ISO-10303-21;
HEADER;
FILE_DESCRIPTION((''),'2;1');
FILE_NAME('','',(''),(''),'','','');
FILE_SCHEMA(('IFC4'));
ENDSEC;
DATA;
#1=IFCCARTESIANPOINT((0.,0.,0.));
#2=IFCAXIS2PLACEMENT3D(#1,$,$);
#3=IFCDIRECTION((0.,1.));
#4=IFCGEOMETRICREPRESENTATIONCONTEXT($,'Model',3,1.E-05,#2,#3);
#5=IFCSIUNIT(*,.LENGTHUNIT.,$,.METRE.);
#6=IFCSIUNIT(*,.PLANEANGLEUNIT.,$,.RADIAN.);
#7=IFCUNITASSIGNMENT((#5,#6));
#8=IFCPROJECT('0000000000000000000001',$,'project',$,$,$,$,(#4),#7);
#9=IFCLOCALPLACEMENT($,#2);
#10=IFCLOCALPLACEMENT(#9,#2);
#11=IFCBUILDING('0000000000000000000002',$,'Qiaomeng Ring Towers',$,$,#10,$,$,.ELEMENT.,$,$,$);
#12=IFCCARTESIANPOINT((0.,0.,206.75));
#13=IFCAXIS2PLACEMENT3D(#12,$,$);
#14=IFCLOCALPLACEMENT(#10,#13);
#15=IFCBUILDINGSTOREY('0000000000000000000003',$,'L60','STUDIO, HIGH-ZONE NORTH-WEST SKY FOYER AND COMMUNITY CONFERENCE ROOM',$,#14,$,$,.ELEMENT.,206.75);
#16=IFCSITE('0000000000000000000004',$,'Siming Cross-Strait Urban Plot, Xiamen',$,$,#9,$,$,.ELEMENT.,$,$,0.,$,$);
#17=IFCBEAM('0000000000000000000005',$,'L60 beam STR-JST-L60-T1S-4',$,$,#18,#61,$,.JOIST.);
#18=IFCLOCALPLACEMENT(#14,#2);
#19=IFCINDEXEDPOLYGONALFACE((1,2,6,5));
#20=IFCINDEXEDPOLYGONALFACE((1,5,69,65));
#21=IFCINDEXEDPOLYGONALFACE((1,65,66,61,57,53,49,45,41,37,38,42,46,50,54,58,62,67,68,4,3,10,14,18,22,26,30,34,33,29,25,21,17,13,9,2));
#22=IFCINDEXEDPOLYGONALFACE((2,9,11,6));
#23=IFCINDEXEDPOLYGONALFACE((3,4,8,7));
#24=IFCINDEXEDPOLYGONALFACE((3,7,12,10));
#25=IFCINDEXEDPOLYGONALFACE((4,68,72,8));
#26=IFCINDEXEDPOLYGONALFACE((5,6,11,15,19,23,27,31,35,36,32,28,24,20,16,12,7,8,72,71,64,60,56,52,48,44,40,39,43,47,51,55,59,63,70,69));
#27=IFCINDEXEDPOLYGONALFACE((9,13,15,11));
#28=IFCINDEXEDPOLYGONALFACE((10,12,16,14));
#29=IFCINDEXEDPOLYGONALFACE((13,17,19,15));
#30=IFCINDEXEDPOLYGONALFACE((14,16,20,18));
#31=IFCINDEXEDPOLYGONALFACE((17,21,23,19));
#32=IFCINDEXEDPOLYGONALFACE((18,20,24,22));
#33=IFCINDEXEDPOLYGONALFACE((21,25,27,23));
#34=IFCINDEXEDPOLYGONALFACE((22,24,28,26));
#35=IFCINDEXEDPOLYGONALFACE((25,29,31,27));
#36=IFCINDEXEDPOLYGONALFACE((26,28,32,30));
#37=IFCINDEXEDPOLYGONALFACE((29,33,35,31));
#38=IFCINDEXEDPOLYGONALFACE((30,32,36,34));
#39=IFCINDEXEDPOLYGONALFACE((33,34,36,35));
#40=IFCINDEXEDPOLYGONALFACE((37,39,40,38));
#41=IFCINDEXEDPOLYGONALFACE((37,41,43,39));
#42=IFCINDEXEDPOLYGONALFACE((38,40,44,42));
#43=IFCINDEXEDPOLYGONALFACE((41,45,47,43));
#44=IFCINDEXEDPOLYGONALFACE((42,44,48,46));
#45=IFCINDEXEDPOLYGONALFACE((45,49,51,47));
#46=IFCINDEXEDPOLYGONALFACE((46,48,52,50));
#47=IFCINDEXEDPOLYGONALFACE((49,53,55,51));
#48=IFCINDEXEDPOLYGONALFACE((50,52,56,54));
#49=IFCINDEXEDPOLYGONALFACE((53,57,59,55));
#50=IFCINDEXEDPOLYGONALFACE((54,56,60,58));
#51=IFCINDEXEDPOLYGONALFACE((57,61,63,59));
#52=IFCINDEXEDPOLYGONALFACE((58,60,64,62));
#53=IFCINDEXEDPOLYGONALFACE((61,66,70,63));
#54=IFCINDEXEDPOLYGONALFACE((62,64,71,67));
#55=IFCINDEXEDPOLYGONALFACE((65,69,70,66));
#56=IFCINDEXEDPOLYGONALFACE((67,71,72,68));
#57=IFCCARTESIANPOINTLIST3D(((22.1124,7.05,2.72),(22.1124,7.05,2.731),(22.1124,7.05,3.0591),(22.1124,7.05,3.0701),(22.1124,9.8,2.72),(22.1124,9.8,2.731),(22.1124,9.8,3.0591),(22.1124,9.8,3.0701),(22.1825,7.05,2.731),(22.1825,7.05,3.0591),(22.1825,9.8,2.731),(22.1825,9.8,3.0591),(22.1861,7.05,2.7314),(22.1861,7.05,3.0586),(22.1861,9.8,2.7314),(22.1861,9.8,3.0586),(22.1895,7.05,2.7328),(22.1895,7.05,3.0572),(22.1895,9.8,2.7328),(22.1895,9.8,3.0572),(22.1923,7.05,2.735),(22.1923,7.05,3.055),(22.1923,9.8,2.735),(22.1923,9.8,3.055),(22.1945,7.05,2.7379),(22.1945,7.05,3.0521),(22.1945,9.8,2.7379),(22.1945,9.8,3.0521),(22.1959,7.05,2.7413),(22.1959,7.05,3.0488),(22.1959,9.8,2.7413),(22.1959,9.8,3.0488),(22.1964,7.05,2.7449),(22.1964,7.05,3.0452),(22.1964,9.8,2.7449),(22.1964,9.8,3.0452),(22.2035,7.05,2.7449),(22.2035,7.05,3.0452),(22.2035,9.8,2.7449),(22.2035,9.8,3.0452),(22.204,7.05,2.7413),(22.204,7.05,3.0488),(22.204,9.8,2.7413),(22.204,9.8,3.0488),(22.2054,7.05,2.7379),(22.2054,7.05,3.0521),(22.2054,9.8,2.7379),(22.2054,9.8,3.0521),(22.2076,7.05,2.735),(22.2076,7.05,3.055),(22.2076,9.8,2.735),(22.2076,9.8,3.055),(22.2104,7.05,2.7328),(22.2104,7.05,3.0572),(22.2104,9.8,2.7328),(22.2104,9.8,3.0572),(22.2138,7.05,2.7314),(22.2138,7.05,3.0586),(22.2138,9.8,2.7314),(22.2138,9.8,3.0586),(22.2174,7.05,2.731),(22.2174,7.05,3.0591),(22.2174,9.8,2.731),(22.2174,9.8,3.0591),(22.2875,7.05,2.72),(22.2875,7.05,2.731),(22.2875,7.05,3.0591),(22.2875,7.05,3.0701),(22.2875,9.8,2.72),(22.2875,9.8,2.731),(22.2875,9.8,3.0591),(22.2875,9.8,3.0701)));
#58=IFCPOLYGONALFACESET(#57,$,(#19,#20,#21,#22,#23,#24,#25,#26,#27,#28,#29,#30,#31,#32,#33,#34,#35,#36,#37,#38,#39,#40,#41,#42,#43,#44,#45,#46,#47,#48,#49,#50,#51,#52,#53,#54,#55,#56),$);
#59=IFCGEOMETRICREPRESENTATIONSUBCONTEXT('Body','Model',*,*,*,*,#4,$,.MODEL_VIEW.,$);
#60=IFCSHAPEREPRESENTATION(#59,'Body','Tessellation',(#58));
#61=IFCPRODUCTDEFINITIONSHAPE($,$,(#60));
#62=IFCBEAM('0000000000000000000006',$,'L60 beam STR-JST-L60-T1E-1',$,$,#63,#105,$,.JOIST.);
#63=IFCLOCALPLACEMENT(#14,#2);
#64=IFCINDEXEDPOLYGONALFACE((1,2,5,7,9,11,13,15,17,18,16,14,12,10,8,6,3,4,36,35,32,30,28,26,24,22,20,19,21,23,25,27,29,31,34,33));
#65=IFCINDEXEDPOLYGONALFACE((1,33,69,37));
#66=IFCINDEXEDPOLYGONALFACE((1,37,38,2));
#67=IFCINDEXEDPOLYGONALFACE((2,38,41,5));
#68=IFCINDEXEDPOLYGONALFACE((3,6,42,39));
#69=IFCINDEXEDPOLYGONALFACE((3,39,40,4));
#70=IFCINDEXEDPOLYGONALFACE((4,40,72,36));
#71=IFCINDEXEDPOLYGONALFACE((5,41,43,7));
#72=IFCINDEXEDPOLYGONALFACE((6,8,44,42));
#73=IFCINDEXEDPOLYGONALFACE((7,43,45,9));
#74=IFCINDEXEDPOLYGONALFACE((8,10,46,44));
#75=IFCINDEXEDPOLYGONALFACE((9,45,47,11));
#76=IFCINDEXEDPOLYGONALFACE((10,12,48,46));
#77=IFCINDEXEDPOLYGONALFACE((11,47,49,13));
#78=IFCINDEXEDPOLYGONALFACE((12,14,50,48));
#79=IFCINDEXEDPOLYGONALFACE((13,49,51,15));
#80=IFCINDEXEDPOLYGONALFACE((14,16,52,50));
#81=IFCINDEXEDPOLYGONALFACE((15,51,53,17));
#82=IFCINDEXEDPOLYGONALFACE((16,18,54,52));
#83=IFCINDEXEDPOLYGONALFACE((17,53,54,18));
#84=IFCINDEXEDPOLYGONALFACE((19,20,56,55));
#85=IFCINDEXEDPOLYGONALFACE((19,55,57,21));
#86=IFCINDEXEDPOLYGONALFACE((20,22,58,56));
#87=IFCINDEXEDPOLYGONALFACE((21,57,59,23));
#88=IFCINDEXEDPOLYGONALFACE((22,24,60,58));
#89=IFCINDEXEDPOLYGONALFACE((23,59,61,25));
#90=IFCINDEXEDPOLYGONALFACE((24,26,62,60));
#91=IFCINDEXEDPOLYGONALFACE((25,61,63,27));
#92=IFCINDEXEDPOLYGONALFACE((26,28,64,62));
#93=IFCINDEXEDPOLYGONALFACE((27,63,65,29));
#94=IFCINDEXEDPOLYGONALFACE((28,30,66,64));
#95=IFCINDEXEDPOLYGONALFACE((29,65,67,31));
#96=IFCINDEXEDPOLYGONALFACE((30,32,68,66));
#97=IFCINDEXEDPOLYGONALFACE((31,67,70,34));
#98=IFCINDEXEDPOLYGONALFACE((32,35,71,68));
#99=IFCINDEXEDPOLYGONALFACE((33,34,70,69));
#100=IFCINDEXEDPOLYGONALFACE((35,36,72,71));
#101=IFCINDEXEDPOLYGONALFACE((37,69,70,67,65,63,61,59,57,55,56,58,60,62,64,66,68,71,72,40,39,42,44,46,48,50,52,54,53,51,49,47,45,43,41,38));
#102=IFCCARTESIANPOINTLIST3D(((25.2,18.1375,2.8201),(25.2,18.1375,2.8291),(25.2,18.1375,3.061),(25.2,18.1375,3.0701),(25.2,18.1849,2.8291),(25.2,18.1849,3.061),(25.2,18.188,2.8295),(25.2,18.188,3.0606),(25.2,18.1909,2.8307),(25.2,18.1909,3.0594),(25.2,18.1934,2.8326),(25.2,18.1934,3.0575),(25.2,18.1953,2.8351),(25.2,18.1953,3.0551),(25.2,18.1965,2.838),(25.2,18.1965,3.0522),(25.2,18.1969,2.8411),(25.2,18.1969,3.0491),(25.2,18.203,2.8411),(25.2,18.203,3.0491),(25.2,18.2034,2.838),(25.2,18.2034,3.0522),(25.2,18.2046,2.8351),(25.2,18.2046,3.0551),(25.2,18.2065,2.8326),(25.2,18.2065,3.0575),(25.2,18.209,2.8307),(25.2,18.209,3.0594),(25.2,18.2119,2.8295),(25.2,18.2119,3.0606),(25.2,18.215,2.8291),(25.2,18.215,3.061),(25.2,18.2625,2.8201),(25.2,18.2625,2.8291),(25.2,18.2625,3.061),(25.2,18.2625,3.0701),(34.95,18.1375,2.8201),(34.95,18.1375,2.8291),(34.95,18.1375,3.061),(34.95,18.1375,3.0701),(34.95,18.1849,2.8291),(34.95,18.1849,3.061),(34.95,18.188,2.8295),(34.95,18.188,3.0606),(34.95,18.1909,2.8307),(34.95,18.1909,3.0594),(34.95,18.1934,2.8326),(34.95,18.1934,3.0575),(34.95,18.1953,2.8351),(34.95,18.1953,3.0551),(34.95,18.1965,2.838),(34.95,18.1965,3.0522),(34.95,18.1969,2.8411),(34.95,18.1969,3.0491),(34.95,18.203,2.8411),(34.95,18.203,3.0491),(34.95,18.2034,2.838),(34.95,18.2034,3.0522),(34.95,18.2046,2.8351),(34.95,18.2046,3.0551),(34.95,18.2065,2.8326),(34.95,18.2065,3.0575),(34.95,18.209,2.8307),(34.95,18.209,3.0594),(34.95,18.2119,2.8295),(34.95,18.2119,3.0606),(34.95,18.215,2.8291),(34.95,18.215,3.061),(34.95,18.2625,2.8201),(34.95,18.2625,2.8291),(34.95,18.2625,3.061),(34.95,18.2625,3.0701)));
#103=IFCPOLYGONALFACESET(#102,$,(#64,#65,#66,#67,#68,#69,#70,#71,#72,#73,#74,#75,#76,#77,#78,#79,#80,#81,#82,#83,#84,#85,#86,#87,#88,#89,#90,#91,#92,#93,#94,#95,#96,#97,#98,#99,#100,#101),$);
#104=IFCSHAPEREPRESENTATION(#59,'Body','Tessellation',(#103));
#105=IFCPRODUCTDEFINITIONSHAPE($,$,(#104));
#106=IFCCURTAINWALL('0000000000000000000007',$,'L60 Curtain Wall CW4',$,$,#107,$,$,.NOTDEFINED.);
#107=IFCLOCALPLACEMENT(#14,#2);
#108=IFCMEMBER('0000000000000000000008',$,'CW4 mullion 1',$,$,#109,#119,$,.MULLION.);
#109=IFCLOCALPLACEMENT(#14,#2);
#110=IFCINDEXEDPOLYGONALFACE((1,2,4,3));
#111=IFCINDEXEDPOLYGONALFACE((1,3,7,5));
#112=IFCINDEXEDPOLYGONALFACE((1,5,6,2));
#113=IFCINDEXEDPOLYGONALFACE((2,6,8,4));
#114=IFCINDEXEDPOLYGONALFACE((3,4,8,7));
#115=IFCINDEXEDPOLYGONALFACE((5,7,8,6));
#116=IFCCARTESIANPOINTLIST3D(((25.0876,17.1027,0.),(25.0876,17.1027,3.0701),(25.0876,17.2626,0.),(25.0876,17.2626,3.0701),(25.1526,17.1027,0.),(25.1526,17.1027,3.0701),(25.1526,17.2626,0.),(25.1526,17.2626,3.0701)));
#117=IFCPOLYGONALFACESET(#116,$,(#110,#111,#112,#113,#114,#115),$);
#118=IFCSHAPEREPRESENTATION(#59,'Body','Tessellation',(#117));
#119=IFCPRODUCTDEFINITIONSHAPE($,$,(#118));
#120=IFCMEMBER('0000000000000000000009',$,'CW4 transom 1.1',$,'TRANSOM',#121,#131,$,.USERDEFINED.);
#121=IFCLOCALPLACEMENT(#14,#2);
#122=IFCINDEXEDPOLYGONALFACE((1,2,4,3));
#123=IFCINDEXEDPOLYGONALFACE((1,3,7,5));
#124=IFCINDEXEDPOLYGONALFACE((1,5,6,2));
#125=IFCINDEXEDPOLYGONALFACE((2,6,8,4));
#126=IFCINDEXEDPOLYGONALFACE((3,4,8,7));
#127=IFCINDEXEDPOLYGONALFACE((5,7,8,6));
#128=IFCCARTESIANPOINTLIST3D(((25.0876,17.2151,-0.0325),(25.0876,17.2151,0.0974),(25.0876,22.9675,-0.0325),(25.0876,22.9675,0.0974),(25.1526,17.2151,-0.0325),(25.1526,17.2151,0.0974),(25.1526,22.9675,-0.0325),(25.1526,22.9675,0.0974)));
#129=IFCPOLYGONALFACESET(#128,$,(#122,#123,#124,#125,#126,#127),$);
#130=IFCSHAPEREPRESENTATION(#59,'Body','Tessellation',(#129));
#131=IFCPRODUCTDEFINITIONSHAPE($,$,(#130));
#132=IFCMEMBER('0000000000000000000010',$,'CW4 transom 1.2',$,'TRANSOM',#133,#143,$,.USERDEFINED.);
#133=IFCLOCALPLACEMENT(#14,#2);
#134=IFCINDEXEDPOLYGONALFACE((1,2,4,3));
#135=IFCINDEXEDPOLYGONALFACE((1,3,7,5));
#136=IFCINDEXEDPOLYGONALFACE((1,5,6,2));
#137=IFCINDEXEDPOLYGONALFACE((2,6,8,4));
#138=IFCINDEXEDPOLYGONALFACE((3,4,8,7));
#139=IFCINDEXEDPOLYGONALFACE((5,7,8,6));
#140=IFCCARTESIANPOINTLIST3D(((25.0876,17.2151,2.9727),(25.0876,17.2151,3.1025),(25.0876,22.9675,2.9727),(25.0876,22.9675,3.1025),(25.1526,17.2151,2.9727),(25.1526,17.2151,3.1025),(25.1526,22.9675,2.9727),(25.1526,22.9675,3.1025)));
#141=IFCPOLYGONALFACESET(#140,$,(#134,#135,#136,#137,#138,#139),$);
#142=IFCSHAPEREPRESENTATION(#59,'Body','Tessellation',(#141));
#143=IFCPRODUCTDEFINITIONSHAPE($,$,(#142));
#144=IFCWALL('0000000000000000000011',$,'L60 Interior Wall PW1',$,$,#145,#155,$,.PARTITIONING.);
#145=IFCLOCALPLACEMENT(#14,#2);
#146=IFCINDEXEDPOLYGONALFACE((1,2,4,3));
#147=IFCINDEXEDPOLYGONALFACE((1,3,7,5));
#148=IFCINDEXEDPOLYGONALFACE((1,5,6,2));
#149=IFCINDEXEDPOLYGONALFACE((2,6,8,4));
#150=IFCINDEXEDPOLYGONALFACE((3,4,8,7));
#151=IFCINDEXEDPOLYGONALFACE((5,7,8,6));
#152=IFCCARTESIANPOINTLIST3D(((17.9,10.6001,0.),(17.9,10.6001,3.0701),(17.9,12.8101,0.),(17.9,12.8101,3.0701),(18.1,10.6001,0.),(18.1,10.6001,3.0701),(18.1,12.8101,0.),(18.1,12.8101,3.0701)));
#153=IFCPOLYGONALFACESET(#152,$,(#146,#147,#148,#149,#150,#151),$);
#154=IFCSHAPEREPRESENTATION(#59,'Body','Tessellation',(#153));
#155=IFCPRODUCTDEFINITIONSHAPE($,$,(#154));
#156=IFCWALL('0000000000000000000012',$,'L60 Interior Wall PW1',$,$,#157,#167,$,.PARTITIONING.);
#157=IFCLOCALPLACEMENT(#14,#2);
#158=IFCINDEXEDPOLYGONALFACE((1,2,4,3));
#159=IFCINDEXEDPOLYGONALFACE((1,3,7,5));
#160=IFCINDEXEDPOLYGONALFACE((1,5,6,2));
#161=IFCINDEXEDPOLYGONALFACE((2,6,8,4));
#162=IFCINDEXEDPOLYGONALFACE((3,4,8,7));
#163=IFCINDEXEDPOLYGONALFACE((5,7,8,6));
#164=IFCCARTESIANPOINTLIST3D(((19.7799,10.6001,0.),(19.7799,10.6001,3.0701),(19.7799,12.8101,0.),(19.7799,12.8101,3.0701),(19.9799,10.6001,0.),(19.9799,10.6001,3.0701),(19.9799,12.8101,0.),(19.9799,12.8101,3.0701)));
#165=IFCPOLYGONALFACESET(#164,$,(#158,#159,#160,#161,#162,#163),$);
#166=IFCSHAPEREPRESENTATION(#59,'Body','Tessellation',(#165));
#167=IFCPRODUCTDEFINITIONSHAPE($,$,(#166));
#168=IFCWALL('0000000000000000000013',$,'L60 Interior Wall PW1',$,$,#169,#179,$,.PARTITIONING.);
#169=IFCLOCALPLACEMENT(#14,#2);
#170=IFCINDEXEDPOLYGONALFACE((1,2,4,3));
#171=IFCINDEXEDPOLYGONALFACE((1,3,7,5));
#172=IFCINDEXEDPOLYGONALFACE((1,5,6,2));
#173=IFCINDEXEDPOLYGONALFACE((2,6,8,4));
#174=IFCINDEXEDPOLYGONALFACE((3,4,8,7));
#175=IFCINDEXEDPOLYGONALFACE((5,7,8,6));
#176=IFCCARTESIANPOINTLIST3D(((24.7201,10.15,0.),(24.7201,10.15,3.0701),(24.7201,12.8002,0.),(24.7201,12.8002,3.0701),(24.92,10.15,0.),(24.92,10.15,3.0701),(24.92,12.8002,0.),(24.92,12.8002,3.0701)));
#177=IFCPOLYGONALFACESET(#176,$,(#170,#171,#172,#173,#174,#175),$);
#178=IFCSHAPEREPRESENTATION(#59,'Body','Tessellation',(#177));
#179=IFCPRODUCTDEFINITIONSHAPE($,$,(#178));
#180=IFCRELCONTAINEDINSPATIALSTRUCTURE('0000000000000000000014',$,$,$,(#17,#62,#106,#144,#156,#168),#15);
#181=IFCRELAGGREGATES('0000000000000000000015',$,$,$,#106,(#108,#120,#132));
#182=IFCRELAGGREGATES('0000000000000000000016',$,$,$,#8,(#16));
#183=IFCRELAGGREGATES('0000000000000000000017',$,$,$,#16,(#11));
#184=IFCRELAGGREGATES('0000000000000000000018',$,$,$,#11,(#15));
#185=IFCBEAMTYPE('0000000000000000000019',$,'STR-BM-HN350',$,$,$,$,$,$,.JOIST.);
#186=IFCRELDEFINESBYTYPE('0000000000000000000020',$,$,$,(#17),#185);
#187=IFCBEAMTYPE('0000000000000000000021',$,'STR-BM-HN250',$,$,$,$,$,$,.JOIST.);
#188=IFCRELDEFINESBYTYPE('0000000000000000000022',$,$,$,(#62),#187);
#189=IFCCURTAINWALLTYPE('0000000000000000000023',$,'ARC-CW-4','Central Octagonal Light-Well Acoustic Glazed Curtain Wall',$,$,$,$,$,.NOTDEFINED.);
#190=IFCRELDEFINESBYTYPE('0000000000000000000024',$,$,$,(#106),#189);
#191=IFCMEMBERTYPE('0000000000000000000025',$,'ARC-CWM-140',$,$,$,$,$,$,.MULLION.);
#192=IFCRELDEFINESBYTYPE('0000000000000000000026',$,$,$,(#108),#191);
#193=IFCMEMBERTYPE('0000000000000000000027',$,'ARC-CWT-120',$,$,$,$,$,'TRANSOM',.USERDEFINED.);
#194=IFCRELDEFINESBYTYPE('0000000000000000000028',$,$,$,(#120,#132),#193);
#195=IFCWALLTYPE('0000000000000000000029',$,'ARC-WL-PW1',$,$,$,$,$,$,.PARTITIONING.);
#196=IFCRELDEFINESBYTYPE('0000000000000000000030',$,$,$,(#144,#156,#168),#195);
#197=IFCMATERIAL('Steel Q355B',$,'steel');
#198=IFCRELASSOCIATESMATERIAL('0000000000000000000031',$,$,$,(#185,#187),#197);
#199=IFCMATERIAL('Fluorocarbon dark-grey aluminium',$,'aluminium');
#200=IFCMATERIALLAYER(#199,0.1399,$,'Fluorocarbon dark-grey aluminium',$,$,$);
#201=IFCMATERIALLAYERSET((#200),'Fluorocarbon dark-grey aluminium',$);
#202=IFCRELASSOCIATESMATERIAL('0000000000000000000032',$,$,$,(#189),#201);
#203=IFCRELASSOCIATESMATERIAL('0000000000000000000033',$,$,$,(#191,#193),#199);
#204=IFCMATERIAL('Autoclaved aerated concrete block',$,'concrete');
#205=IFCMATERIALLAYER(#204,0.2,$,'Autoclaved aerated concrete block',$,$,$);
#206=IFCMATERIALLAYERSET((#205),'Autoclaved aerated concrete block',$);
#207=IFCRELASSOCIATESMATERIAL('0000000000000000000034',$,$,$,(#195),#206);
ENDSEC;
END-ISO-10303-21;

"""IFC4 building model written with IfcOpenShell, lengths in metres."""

from ifc_helpers import new_model, si_unit, direction, frame, frame_2d, origin, origin_2d, place, context, subcontext, project, spatial, rectangle, i_section, extrude, source, transform, mapped, material, layer, layer_set, material_profile, profile_set, type_object, element, aggregate, save


model = new_model("IFC4")

# Units and contexts
model_context = context("Model", 3, precision=1e-05, world=origin(), true_north=direction((0.0, 1.0)))
body_context = subcontext(model_context, "Body", "Model", "MODEL_VIEW")
ifc_project = project(units=[si_unit("LENGTHUNIT", "METRE"), si_unit("PLANEANGLEUNIT", "RADIAN")], contexts=[model_context])

# Site, building, storey
site_placement = place(None, origin())
site = spatial("IfcSite", under=ifc_project, at=site_placement, Name="Siming Cross-Strait Urban Plot, Xiamen", CompositionType="ELEMENT", RefElevation=0.0)
building_placement = place(site_placement, origin())
building = spatial("IfcBuilding", under=site, at=building_placement, Name="Qiaomeng Ring Towers", CompositionType="ELEMENT")
storey_placement = place(building_placement, frame((0.0, 0.0, 206.75)))
storey = spatial("IfcBuildingStorey", under=building, at=storey_placement, Name="L60", Description="STUDIO, HIGH-ZONE NORTH-WEST SKY FOYER AND COMMUNITY CONFERENCE ROOM", CompositionType="ELEMENT", Elevation=206.75)

# Beams
ifc_material_1 = material(Name="Steel Q355B", Category="steel")
ifc_material_profile_1 = material_profile(ifc_material_1, i_section(OverallWidth=0.175, OverallDepth=0.3501, WebThickness=0.0071, FlangeThickness=0.011, FilletRadius=0.0139, at=origin_2d()), Name="HN 350x175x7x11")
ifc_profile_set_1 = profile_set([ifc_material_profile_1], Name="Steel Q355B")
beam_type_1 = type_object("IfcBeamType", Name="STR-BM-HN350", PredefinedType="JOIST", material=ifc_profile_set_1)
shared_shape_1 = source(origin(), body_context, "Body", "SweptSolid", [
    extrude(i_section(OverallWidth=0.175, OverallDepth=0.3501, WebThickness=0.0071, FlangeThickness=0.011, FilletRadius=0.0139, at=origin_2d()), origin(), (0.0, 0.0, 1.0), 2.75),
])
for number, where, z_axis, x_axis, name in (
    (1, (22.2, 7.05, 2.895), (0.0, 1.0, 0.0), (-1.0, 0.0, 0.0), "L60 beam STR-JST-L60-T1S-4"),
):
    element("IfcBeam", number, at=place(storey_placement, frame(where, z_axis=z_axis, x_axis=x_axis)), inside=storey, type_object=beam_type_1, Name=name, PredefinedType="JOIST", context=body_context, shape_type="MappedRepresentation", body=[
        mapped(shared_shape_1, transform((0.0, 0.0, 0.0), x_axis=(1.0, 0.0, 0.0), y_axis=(0.0, 1.0, 0.0), z_axis=(0.0, 0.0, 1.0), scale=1.0)),
    ])
ifc_material_profile_2 = material_profile(ifc_material_1, i_section(OverallWidth=0.125, OverallDepth=0.25, WebThickness=0.0061, FlangeThickness=0.009, FilletRadius=0.012, at=origin_2d()), Name="HN 250x125x6x9")
ifc_profile_set_2 = profile_set([ifc_material_profile_2], Name="Steel Q355B")
beam_type_2 = type_object("IfcBeamType", Name="STR-BM-HN250", PredefinedType="JOIST", material=ifc_profile_set_2)
shared_shape_2 = source(origin(), body_context, "Body", "SweptSolid", [
    extrude(i_section(OverallWidth=0.125, OverallDepth=0.25, WebThickness=0.0061, FlangeThickness=0.009, FilletRadius=0.012, at=origin_2d()), origin(), (0.0, 0.0, 1.0), 9.75),
])
beam_1_placement = place(storey_placement, frame((25.2, 18.2, 2.9451), z_axis=(1.0, 0.0, 0.0), x_axis=(0.0, 1.0, 0.0)))
element("IfcBeam", 2, at=beam_1_placement, inside=storey, type_object=beam_type_2, Name="L60 beam STR-JST-L60-T1E-1", PredefinedType="JOIST", context=body_context, shape_type="MappedRepresentation", body=[
    mapped(shared_shape_2, transform((0.0, 0.0, 0.0), x_axis=(1.0, 0.0, 0.0), y_axis=(0.0, 1.0, 0.0), z_axis=(0.0, 0.0, 1.0), scale=1.0)),
])

# Curtain wall, members
ifc_material_2 = material(Name="Fluorocarbon dark-grey aluminium", Category="aluminium")
ifc_layer_1 = layer(ifc_material_2, 0.1399, Name="Fluorocarbon dark-grey aluminium")
ifc_layer_set_1 = layer_set([ifc_layer_1], Name="Fluorocarbon dark-grey aluminium")
curtain_wall_type = type_object("IfcCurtainWallType", Name="ARC-CW-4", Description="Central Octagonal Light-Well Acoustic Glazed Curtain Wall", PredefinedType="NOTDEFINED", material=ifc_layer_set_1)
curtain_wall_placement = place(storey_placement, origin())
curtain_wall = element("IfcCurtainWall", 3, at=curtain_wall_placement, inside=storey, type_object=curtain_wall_type, Name="L60 Curtain Wall CW4", PredefinedType="NOTDEFINED")
ifc_material_profile_3 = material_profile(ifc_material_2, rectangle(XDim=0.0649, YDim=0.1599, at=origin_2d()), Name="ALU MULL 65x160")
ifc_profile_set_3 = profile_set([ifc_material_profile_3], Name="Fluorocarbon dark-grey aluminium")
member_type_1 = type_object("IfcMemberType", Name="ARC-CWM-140", PredefinedType="MULLION", material=ifc_profile_set_3)
shared_shape_3 = source(origin(), body_context, "Body", "SweptSolid", [
    extrude(rectangle(XDim=0.0649, YDim=0.1599, at=origin_2d()), origin(), (0.0, 0.0, 1.0), 3.0701),
])
member_1_placement = place(storey_placement, frame((25.1201, 17.1826, 0.0), z_axis=(0.0, 0.0, 1.0), x_axis=(-1.0, 0.0, 0.0)))
member_1 = element("IfcMember", 4, at=member_1_placement, type_object=member_type_1, Name="CW4 mullion 1", PredefinedType="MULLION", context=body_context, shape_type="MappedRepresentation", body=[
    mapped(shared_shape_3, transform((0.0, 0.0, 0.0), x_axis=(1.0, 0.0, 0.0), y_axis=(0.0, 1.0, 0.0), z_axis=(0.0, 0.0, 1.0), scale=1.0)),
])
ifc_material_profile_4 = material_profile(ifc_material_2, rectangle(XDim=0.0649, YDim=0.1299, at=origin_2d()), Name="ALU TRAN 65x130")
ifc_profile_set_4 = profile_set([ifc_material_profile_4], Name="Fluorocarbon dark-grey aluminium")
member_type_2 = type_object("IfcMemberType", Name="ARC-CWT-120", ElementType="TRANSOM", PredefinedType="USERDEFINED", material=ifc_profile_set_4)
shared_shape_4 = source(origin(), body_context, "Body", "SweptSolid", [
    extrude(rectangle(XDim=0.0649, YDim=0.1299, at=origin_2d()), origin(), (0.0, 0.0, 1.0), 5.7524),
])
member_2_placement = place(storey_placement, frame((25.1201, 17.2151, 0.0325), z_axis=(0.0, 1.0, 0.0), x_axis=(-1.0, 0.0, 0.0)))
member_2 = element("IfcMember", 5, at=member_2_placement, type_object=member_type_2, Name="CW4 transom 1.1", ObjectType="TRANSOM", PredefinedType="USERDEFINED", context=body_context, shape_type="MappedRepresentation", body=[
    mapped(shared_shape_4, transform((0.0, 0.0, 0.0), x_axis=(1.0, 0.0, 0.0), y_axis=(0.0, 1.0, 0.0), z_axis=(0.0, 0.0, 1.0), scale=1.0)),
])
member_3_placement = place(storey_placement, frame((25.1201, 17.2151, 3.0376), z_axis=(0.0, 1.0, 0.0), x_axis=(-1.0, 0.0, 0.0)))
member_3 = element("IfcMember", 6, at=member_3_placement, type_object=member_type_2, Name="CW4 transom 1.2", ObjectType="TRANSOM", PredefinedType="USERDEFINED", context=body_context, shape_type="MappedRepresentation", body=[
    mapped(shared_shape_4, transform((0.0, 0.0, 0.0), x_axis=(1.0, 0.0, 0.0), y_axis=(0.0, 1.0, 0.0), z_axis=(0.0, 0.0, 1.0), scale=1.0)),
])
aggregate(curtain_wall, [member_1, member_2, member_3])

# Walls
ifc_material_3 = material(Name="Autoclaved aerated concrete block", Category="concrete")
ifc_layer_2 = layer(ifc_material_3, 0.2, Name="Autoclaved aerated concrete block")
ifc_layer_set_2 = layer_set([ifc_layer_2], Name="Autoclaved aerated concrete block")
wall_type_1 = type_object("IfcWallType", Name="ARC-WL-PW1", PredefinedType="PARTITIONING", material=ifc_layer_set_2)
for number, where, z_axis, x_axis, name in (
    (7, (18.0, 10.6001, 0.0), (0.0, 0.0, 1.0), (0.0, 1.0, 0.0), "L60 Interior Wall PW1"),
    (8, (19.8799, 10.6001, 0.0), (0.0, 0.0, 1.0), (0.0, 1.0, 0.0), "L60 Interior Wall PW1"),
):
    element("IfcWall", number, at=place(storey_placement, frame(where, z_axis=z_axis, x_axis=x_axis)), inside=storey, type_object=wall_type_1, Name=name, PredefinedType="PARTITIONING", context=body_context, shape_type="SweptSolid", body=[
        extrude(rectangle(XDim=2.21, YDim=0.2, at=frame_2d((1.105, 0.0))), origin(), (0.0, 0.0, 1.0), 3.0701),
    ])
wall_1_placement = place(storey_placement, frame((24.8201, 10.1499, 0.0), z_axis=(0.0, 0.0, 1.0), x_axis=(0.0, 1.0, 0.0)))
element("IfcWall", 9, at=wall_1_placement, inside=storey, type_object=wall_type_1, Name="L60 Interior Wall PW1", PredefinedType="PARTITIONING", context=body_context, shape_type="SweptSolid", body=[
    extrude(rectangle(XDim=2.6501, YDim=0.2, at=frame_2d((1.3252, 0.0))), origin(), (0.0, 0.0, 1.0), 3.0701),
])

save(model, "model.ifc")
